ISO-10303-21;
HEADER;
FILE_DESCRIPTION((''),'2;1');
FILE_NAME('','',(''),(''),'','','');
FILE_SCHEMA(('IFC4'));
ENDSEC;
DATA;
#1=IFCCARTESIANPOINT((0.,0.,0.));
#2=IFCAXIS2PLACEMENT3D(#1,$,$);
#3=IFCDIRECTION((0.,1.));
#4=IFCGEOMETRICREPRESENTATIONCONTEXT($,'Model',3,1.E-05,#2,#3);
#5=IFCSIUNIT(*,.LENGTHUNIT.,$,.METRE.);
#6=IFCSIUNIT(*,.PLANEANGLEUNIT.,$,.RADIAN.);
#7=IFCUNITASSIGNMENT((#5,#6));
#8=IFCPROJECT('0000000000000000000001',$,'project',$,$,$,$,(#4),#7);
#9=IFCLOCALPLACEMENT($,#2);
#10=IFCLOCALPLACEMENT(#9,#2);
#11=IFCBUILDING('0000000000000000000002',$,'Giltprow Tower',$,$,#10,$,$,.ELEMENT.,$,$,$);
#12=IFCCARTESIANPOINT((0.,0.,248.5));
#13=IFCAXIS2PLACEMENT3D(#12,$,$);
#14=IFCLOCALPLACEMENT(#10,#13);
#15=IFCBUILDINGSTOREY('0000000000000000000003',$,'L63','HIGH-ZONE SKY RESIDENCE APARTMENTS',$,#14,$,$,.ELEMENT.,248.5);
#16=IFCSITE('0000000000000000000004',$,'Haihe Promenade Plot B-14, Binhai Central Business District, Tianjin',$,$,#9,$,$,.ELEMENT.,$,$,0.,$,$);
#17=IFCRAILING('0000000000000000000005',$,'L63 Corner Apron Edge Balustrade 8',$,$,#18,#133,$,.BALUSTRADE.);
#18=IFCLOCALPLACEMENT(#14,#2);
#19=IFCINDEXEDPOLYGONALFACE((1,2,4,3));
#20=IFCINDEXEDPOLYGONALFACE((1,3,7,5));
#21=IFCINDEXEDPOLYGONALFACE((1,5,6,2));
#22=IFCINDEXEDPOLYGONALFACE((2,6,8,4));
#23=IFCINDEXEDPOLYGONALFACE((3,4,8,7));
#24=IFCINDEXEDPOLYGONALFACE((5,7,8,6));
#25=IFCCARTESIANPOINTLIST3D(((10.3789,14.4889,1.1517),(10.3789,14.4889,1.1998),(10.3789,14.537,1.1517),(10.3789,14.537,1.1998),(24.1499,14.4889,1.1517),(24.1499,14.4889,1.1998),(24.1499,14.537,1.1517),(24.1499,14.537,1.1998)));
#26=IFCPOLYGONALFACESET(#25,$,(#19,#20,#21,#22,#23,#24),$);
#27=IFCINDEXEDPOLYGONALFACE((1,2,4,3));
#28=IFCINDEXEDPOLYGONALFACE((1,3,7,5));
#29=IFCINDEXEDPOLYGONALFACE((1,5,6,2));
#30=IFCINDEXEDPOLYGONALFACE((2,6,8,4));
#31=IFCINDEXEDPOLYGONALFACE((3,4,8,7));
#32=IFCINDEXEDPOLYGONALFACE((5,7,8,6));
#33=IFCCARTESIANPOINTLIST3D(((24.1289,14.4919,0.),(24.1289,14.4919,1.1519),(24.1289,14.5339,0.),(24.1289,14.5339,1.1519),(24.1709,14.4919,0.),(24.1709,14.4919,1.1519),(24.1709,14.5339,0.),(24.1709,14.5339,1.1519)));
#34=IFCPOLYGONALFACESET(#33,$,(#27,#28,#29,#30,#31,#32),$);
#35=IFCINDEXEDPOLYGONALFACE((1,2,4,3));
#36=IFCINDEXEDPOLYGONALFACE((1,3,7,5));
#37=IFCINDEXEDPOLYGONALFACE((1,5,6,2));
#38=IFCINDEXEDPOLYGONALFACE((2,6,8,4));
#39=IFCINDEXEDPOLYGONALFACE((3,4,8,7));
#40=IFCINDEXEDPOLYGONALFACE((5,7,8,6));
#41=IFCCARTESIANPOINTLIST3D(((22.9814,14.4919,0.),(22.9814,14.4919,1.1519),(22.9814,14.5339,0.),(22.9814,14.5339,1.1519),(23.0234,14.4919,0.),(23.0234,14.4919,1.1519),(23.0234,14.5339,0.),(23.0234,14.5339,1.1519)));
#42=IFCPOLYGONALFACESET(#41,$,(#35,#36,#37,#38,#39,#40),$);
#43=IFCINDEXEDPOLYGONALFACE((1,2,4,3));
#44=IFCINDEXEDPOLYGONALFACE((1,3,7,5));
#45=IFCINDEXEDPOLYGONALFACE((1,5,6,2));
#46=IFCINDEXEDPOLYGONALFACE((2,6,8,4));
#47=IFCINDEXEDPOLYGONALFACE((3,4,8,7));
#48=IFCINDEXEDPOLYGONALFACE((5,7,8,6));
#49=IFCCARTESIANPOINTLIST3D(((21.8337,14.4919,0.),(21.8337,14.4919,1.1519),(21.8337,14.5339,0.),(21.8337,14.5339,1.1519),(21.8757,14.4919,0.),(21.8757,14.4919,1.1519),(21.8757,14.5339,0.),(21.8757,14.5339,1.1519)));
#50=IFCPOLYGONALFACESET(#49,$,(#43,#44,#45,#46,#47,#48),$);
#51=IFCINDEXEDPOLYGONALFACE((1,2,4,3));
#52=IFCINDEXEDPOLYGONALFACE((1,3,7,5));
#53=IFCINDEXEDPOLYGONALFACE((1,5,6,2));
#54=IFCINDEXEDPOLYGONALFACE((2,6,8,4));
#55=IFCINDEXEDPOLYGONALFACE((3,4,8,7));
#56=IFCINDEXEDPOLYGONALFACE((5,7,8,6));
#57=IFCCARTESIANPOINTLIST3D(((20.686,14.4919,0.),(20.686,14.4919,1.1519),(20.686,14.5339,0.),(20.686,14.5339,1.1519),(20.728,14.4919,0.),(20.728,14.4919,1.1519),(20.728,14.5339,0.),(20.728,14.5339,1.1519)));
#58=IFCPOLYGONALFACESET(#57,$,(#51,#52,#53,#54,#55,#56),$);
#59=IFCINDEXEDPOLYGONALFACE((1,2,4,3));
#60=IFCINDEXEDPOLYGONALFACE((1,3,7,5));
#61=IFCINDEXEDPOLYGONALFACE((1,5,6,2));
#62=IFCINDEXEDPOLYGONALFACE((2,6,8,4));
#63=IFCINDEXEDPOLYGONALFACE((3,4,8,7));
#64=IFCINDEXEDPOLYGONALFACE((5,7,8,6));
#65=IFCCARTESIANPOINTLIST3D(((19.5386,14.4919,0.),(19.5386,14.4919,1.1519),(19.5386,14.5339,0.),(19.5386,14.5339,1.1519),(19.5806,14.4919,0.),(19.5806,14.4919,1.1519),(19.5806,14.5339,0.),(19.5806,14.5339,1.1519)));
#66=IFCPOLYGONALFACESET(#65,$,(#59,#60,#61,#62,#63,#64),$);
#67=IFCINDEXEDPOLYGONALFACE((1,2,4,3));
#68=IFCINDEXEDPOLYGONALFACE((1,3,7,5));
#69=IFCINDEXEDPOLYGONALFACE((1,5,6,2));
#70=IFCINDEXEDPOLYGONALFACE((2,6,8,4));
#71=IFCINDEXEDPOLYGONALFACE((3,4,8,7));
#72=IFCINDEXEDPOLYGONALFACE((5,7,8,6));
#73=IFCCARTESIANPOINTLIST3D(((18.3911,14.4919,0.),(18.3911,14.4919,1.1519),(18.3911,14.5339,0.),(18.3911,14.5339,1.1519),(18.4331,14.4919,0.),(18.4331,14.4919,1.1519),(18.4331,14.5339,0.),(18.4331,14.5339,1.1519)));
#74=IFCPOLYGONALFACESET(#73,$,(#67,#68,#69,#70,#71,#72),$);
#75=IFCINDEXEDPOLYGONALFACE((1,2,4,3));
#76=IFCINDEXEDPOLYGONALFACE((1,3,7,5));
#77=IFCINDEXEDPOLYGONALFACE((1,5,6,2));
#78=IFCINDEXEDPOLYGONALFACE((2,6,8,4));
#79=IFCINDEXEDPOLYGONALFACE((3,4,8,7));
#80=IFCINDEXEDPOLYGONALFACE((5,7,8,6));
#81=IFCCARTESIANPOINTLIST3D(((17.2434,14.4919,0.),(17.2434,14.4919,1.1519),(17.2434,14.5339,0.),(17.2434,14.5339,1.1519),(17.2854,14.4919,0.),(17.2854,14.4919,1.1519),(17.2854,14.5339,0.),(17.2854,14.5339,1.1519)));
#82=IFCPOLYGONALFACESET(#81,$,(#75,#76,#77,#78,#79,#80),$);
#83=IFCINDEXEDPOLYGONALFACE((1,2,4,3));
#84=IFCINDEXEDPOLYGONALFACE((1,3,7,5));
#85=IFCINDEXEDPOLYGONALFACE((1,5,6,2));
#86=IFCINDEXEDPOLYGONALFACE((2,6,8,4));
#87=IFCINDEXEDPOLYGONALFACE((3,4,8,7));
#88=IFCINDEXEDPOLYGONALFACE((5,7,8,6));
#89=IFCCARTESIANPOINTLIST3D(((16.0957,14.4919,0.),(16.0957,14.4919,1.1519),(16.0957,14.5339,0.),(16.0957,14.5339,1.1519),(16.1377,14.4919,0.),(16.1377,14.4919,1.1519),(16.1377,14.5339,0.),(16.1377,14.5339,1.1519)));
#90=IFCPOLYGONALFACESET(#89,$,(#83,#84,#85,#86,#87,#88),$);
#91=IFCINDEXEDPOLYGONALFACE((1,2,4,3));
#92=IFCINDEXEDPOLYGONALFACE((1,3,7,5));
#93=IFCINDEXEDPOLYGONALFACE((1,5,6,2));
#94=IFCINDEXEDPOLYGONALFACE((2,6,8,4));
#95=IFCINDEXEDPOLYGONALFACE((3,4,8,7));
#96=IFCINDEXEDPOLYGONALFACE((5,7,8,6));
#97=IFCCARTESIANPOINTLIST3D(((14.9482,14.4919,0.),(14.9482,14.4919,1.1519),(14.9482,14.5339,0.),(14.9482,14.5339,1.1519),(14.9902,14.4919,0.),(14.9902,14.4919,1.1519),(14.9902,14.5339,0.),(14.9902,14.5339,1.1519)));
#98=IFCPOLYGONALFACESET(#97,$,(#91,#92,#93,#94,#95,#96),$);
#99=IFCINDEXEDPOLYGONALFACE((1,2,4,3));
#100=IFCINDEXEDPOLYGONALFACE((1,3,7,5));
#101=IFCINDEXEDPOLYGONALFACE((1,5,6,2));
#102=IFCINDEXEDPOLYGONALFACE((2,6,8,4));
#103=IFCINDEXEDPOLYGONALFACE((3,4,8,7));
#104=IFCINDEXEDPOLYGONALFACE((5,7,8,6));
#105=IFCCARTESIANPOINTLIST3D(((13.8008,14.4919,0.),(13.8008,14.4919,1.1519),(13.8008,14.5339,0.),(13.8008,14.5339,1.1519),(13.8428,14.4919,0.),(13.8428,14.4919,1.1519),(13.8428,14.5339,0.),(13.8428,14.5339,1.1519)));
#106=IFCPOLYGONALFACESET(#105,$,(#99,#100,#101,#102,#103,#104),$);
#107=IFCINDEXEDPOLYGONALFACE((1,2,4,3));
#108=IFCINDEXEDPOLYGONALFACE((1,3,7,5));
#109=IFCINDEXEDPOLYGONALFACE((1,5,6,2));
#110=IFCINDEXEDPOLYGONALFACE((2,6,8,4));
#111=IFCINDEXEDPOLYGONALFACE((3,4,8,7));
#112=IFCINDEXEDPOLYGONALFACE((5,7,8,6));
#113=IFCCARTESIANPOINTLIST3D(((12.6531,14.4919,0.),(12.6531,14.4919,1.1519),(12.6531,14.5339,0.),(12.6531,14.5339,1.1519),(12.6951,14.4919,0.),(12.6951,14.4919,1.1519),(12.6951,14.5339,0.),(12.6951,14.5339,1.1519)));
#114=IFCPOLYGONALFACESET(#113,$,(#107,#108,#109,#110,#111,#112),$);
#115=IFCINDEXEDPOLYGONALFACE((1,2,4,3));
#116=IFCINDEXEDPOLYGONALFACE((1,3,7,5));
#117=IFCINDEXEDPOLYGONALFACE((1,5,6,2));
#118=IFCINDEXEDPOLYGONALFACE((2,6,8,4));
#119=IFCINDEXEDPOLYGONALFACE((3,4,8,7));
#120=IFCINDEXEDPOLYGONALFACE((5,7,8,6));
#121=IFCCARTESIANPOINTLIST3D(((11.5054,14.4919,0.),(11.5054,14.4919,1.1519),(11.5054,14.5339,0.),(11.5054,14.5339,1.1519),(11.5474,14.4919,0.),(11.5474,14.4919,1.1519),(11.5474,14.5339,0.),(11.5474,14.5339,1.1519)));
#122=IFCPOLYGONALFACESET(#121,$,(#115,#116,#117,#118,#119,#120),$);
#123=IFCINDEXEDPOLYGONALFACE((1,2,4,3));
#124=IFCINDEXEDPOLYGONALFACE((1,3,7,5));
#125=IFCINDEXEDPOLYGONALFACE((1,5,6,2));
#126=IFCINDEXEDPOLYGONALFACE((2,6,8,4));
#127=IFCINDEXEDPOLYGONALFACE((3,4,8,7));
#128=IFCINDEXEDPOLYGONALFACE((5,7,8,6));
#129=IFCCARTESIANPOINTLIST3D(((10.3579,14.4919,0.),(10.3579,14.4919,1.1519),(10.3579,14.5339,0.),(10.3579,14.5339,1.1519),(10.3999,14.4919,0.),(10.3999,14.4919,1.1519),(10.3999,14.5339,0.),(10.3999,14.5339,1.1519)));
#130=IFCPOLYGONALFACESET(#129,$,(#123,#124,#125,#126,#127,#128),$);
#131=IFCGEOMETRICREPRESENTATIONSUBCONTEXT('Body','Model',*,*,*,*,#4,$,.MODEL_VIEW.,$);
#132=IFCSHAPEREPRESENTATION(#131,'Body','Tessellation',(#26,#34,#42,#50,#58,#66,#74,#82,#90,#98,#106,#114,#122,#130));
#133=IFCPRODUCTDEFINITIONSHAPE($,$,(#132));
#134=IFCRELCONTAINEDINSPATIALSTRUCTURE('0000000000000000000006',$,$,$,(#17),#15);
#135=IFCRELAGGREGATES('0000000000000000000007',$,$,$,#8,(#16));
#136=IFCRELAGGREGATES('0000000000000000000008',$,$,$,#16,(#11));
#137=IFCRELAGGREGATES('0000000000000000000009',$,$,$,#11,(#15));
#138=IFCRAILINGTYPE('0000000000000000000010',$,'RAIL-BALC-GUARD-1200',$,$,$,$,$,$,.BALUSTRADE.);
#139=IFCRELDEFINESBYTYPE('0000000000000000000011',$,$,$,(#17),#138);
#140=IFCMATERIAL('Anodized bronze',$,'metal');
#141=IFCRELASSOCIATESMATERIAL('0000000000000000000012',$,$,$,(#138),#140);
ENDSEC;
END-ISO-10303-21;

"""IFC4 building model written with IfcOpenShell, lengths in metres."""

from ifc_helpers import new_model, si_unit, direction, frame, origin, origin_2d, place, context, subcontext, project, spatial, rectangle, extrude, material, type_object, element, save


model = new_model("IFC4")

# Units and contexts
model_context = context("Model", 3, precision=1e-05, world=origin(), true_north=direction((0.0, 1.0)))
body_context = subcontext(model_context, "Body", "Model", "MODEL_VIEW")
ifc_project = project(units=[si_unit("LENGTHUNIT", "METRE"), si_unit("PLANEANGLEUNIT", "RADIAN")], contexts=[model_context])

# Site, building, storey
site_placement = place(None, origin())
site = spatial("IfcSite", under=ifc_project, at=site_placement, Name="Haihe Promenade Plot B-14, Binhai Central Business District, Tianjin", CompositionType="ELEMENT", RefElevation=0.0)
building_placement = place(site_placement, origin())
building = spatial("IfcBuilding", under=site, at=building_placement, Name="Giltprow Tower", CompositionType="ELEMENT")
storey_placement = place(building_placement, frame((0.0, 0.0, 248.5)))
storey = spatial("IfcBuildingStorey", under=building, at=storey_placement, Name="L63", Description="HIGH-ZONE SKY RESIDENCE APARTMENTS", CompositionType="ELEMENT", Elevation=248.5)

# Railing
ifc_material_1 = material(Name="Anodized bronze", Category="metal")
railing_type = type_object("IfcRailingType", Name="RAIL-BALC-GUARD-1200", PredefinedType="BALUSTRADE", material=ifc_material_1)
railing_1_placement = place(storey_placement, frame((24.1499, 14.5129, 0.0)))
element("IfcRailing", 1, at=railing_1_placement, inside=storey, type_object=railing_type, Name="L63 Corner Apron Edge Balustrade 8", PredefinedType="BALUSTRADE", context=body_context, shape_type="SweptSolid", body=[
    extrude(rectangle(XDim=0.0481, YDim=0.0481, at=origin_2d()), frame((0.0, 0.0, 1.1758), z_axis=(-1.0, 0.0, 0.0), x_axis=(0.0, -1.0, 0.0)), (0.0, 0.0, 1.0), 13.771),
    extrude(rectangle(XDim=0.042, YDim=0.042, at=origin_2d()), origin(), (0.0, 0.0, 1.0), 1.1519),
    extrude(rectangle(XDim=0.042, YDim=0.042, at=origin_2d()), frame((-1.1475, 0.0, 0.0)), (0.0, 0.0, 1.0), 1.1519),
    extrude(rectangle(XDim=0.042, YDim=0.042, at=origin_2d()), frame((-2.2952, 0.0, 0.0)), (0.0, 0.0, 1.0), 1.1519),
    extrude(rectangle(XDim=0.042, YDim=0.042, at=origin_2d()), frame((-3.4429, 0.0, 0.0)), (0.0, 0.0, 1.0), 1.1519),
    extrude(rectangle(XDim=0.042, YDim=0.042, at=origin_2d()), frame((-4.5903, 0.0, 0.0)), (0.0, 0.0, 1.0), 1.1519),
    extrude(rectangle(XDim=0.042, YDim=0.042, at=origin_2d()), frame((-5.7378, 0.0, 0.0)), (0.0, 0.0, 1.0), 1.1519),
    extrude(rectangle(XDim=0.042, YDim=0.042, at=origin_2d()), frame((-6.8855, 0.0, 0.0)), (0.0, 0.0, 1.0), 1.1519),
    extrude(rectangle(XDim=0.042, YDim=0.042, at=origin_2d()), frame((-8.0332, 0.0, 0.0)), (0.0, 0.0, 1.0), 1.1519),
    extrude(rectangle(XDim=0.042, YDim=0.042, at=origin_2d()), frame((-9.1807, 0.0, 0.0)), (0.0, 0.0, 1.0), 1.1519),
    extrude(rectangle(XDim=0.042, YDim=0.042, at=origin_2d()), frame((-10.3281, 0.0, 0.0)), (0.0, 0.0, 1.0), 1.1519),
    extrude(rectangle(XDim=0.042, YDim=0.042, at=origin_2d()), frame((-11.4758, 0.0, 0.0)), (0.0, 0.0, 1.0), 1.1519),
    extrude(rectangle(XDim=0.042, YDim=0.042, at=origin_2d()), frame((-12.6235, 0.0, 0.0)), (0.0, 0.0, 1.0), 1.1519),
    extrude(rectangle(XDim=0.042, YDim=0.042, at=origin_2d()), frame((-13.771, 0.0, 0.0)), (0.0, 0.0, 1.0), 1.1519),
])

save(model, "model.ifc")
